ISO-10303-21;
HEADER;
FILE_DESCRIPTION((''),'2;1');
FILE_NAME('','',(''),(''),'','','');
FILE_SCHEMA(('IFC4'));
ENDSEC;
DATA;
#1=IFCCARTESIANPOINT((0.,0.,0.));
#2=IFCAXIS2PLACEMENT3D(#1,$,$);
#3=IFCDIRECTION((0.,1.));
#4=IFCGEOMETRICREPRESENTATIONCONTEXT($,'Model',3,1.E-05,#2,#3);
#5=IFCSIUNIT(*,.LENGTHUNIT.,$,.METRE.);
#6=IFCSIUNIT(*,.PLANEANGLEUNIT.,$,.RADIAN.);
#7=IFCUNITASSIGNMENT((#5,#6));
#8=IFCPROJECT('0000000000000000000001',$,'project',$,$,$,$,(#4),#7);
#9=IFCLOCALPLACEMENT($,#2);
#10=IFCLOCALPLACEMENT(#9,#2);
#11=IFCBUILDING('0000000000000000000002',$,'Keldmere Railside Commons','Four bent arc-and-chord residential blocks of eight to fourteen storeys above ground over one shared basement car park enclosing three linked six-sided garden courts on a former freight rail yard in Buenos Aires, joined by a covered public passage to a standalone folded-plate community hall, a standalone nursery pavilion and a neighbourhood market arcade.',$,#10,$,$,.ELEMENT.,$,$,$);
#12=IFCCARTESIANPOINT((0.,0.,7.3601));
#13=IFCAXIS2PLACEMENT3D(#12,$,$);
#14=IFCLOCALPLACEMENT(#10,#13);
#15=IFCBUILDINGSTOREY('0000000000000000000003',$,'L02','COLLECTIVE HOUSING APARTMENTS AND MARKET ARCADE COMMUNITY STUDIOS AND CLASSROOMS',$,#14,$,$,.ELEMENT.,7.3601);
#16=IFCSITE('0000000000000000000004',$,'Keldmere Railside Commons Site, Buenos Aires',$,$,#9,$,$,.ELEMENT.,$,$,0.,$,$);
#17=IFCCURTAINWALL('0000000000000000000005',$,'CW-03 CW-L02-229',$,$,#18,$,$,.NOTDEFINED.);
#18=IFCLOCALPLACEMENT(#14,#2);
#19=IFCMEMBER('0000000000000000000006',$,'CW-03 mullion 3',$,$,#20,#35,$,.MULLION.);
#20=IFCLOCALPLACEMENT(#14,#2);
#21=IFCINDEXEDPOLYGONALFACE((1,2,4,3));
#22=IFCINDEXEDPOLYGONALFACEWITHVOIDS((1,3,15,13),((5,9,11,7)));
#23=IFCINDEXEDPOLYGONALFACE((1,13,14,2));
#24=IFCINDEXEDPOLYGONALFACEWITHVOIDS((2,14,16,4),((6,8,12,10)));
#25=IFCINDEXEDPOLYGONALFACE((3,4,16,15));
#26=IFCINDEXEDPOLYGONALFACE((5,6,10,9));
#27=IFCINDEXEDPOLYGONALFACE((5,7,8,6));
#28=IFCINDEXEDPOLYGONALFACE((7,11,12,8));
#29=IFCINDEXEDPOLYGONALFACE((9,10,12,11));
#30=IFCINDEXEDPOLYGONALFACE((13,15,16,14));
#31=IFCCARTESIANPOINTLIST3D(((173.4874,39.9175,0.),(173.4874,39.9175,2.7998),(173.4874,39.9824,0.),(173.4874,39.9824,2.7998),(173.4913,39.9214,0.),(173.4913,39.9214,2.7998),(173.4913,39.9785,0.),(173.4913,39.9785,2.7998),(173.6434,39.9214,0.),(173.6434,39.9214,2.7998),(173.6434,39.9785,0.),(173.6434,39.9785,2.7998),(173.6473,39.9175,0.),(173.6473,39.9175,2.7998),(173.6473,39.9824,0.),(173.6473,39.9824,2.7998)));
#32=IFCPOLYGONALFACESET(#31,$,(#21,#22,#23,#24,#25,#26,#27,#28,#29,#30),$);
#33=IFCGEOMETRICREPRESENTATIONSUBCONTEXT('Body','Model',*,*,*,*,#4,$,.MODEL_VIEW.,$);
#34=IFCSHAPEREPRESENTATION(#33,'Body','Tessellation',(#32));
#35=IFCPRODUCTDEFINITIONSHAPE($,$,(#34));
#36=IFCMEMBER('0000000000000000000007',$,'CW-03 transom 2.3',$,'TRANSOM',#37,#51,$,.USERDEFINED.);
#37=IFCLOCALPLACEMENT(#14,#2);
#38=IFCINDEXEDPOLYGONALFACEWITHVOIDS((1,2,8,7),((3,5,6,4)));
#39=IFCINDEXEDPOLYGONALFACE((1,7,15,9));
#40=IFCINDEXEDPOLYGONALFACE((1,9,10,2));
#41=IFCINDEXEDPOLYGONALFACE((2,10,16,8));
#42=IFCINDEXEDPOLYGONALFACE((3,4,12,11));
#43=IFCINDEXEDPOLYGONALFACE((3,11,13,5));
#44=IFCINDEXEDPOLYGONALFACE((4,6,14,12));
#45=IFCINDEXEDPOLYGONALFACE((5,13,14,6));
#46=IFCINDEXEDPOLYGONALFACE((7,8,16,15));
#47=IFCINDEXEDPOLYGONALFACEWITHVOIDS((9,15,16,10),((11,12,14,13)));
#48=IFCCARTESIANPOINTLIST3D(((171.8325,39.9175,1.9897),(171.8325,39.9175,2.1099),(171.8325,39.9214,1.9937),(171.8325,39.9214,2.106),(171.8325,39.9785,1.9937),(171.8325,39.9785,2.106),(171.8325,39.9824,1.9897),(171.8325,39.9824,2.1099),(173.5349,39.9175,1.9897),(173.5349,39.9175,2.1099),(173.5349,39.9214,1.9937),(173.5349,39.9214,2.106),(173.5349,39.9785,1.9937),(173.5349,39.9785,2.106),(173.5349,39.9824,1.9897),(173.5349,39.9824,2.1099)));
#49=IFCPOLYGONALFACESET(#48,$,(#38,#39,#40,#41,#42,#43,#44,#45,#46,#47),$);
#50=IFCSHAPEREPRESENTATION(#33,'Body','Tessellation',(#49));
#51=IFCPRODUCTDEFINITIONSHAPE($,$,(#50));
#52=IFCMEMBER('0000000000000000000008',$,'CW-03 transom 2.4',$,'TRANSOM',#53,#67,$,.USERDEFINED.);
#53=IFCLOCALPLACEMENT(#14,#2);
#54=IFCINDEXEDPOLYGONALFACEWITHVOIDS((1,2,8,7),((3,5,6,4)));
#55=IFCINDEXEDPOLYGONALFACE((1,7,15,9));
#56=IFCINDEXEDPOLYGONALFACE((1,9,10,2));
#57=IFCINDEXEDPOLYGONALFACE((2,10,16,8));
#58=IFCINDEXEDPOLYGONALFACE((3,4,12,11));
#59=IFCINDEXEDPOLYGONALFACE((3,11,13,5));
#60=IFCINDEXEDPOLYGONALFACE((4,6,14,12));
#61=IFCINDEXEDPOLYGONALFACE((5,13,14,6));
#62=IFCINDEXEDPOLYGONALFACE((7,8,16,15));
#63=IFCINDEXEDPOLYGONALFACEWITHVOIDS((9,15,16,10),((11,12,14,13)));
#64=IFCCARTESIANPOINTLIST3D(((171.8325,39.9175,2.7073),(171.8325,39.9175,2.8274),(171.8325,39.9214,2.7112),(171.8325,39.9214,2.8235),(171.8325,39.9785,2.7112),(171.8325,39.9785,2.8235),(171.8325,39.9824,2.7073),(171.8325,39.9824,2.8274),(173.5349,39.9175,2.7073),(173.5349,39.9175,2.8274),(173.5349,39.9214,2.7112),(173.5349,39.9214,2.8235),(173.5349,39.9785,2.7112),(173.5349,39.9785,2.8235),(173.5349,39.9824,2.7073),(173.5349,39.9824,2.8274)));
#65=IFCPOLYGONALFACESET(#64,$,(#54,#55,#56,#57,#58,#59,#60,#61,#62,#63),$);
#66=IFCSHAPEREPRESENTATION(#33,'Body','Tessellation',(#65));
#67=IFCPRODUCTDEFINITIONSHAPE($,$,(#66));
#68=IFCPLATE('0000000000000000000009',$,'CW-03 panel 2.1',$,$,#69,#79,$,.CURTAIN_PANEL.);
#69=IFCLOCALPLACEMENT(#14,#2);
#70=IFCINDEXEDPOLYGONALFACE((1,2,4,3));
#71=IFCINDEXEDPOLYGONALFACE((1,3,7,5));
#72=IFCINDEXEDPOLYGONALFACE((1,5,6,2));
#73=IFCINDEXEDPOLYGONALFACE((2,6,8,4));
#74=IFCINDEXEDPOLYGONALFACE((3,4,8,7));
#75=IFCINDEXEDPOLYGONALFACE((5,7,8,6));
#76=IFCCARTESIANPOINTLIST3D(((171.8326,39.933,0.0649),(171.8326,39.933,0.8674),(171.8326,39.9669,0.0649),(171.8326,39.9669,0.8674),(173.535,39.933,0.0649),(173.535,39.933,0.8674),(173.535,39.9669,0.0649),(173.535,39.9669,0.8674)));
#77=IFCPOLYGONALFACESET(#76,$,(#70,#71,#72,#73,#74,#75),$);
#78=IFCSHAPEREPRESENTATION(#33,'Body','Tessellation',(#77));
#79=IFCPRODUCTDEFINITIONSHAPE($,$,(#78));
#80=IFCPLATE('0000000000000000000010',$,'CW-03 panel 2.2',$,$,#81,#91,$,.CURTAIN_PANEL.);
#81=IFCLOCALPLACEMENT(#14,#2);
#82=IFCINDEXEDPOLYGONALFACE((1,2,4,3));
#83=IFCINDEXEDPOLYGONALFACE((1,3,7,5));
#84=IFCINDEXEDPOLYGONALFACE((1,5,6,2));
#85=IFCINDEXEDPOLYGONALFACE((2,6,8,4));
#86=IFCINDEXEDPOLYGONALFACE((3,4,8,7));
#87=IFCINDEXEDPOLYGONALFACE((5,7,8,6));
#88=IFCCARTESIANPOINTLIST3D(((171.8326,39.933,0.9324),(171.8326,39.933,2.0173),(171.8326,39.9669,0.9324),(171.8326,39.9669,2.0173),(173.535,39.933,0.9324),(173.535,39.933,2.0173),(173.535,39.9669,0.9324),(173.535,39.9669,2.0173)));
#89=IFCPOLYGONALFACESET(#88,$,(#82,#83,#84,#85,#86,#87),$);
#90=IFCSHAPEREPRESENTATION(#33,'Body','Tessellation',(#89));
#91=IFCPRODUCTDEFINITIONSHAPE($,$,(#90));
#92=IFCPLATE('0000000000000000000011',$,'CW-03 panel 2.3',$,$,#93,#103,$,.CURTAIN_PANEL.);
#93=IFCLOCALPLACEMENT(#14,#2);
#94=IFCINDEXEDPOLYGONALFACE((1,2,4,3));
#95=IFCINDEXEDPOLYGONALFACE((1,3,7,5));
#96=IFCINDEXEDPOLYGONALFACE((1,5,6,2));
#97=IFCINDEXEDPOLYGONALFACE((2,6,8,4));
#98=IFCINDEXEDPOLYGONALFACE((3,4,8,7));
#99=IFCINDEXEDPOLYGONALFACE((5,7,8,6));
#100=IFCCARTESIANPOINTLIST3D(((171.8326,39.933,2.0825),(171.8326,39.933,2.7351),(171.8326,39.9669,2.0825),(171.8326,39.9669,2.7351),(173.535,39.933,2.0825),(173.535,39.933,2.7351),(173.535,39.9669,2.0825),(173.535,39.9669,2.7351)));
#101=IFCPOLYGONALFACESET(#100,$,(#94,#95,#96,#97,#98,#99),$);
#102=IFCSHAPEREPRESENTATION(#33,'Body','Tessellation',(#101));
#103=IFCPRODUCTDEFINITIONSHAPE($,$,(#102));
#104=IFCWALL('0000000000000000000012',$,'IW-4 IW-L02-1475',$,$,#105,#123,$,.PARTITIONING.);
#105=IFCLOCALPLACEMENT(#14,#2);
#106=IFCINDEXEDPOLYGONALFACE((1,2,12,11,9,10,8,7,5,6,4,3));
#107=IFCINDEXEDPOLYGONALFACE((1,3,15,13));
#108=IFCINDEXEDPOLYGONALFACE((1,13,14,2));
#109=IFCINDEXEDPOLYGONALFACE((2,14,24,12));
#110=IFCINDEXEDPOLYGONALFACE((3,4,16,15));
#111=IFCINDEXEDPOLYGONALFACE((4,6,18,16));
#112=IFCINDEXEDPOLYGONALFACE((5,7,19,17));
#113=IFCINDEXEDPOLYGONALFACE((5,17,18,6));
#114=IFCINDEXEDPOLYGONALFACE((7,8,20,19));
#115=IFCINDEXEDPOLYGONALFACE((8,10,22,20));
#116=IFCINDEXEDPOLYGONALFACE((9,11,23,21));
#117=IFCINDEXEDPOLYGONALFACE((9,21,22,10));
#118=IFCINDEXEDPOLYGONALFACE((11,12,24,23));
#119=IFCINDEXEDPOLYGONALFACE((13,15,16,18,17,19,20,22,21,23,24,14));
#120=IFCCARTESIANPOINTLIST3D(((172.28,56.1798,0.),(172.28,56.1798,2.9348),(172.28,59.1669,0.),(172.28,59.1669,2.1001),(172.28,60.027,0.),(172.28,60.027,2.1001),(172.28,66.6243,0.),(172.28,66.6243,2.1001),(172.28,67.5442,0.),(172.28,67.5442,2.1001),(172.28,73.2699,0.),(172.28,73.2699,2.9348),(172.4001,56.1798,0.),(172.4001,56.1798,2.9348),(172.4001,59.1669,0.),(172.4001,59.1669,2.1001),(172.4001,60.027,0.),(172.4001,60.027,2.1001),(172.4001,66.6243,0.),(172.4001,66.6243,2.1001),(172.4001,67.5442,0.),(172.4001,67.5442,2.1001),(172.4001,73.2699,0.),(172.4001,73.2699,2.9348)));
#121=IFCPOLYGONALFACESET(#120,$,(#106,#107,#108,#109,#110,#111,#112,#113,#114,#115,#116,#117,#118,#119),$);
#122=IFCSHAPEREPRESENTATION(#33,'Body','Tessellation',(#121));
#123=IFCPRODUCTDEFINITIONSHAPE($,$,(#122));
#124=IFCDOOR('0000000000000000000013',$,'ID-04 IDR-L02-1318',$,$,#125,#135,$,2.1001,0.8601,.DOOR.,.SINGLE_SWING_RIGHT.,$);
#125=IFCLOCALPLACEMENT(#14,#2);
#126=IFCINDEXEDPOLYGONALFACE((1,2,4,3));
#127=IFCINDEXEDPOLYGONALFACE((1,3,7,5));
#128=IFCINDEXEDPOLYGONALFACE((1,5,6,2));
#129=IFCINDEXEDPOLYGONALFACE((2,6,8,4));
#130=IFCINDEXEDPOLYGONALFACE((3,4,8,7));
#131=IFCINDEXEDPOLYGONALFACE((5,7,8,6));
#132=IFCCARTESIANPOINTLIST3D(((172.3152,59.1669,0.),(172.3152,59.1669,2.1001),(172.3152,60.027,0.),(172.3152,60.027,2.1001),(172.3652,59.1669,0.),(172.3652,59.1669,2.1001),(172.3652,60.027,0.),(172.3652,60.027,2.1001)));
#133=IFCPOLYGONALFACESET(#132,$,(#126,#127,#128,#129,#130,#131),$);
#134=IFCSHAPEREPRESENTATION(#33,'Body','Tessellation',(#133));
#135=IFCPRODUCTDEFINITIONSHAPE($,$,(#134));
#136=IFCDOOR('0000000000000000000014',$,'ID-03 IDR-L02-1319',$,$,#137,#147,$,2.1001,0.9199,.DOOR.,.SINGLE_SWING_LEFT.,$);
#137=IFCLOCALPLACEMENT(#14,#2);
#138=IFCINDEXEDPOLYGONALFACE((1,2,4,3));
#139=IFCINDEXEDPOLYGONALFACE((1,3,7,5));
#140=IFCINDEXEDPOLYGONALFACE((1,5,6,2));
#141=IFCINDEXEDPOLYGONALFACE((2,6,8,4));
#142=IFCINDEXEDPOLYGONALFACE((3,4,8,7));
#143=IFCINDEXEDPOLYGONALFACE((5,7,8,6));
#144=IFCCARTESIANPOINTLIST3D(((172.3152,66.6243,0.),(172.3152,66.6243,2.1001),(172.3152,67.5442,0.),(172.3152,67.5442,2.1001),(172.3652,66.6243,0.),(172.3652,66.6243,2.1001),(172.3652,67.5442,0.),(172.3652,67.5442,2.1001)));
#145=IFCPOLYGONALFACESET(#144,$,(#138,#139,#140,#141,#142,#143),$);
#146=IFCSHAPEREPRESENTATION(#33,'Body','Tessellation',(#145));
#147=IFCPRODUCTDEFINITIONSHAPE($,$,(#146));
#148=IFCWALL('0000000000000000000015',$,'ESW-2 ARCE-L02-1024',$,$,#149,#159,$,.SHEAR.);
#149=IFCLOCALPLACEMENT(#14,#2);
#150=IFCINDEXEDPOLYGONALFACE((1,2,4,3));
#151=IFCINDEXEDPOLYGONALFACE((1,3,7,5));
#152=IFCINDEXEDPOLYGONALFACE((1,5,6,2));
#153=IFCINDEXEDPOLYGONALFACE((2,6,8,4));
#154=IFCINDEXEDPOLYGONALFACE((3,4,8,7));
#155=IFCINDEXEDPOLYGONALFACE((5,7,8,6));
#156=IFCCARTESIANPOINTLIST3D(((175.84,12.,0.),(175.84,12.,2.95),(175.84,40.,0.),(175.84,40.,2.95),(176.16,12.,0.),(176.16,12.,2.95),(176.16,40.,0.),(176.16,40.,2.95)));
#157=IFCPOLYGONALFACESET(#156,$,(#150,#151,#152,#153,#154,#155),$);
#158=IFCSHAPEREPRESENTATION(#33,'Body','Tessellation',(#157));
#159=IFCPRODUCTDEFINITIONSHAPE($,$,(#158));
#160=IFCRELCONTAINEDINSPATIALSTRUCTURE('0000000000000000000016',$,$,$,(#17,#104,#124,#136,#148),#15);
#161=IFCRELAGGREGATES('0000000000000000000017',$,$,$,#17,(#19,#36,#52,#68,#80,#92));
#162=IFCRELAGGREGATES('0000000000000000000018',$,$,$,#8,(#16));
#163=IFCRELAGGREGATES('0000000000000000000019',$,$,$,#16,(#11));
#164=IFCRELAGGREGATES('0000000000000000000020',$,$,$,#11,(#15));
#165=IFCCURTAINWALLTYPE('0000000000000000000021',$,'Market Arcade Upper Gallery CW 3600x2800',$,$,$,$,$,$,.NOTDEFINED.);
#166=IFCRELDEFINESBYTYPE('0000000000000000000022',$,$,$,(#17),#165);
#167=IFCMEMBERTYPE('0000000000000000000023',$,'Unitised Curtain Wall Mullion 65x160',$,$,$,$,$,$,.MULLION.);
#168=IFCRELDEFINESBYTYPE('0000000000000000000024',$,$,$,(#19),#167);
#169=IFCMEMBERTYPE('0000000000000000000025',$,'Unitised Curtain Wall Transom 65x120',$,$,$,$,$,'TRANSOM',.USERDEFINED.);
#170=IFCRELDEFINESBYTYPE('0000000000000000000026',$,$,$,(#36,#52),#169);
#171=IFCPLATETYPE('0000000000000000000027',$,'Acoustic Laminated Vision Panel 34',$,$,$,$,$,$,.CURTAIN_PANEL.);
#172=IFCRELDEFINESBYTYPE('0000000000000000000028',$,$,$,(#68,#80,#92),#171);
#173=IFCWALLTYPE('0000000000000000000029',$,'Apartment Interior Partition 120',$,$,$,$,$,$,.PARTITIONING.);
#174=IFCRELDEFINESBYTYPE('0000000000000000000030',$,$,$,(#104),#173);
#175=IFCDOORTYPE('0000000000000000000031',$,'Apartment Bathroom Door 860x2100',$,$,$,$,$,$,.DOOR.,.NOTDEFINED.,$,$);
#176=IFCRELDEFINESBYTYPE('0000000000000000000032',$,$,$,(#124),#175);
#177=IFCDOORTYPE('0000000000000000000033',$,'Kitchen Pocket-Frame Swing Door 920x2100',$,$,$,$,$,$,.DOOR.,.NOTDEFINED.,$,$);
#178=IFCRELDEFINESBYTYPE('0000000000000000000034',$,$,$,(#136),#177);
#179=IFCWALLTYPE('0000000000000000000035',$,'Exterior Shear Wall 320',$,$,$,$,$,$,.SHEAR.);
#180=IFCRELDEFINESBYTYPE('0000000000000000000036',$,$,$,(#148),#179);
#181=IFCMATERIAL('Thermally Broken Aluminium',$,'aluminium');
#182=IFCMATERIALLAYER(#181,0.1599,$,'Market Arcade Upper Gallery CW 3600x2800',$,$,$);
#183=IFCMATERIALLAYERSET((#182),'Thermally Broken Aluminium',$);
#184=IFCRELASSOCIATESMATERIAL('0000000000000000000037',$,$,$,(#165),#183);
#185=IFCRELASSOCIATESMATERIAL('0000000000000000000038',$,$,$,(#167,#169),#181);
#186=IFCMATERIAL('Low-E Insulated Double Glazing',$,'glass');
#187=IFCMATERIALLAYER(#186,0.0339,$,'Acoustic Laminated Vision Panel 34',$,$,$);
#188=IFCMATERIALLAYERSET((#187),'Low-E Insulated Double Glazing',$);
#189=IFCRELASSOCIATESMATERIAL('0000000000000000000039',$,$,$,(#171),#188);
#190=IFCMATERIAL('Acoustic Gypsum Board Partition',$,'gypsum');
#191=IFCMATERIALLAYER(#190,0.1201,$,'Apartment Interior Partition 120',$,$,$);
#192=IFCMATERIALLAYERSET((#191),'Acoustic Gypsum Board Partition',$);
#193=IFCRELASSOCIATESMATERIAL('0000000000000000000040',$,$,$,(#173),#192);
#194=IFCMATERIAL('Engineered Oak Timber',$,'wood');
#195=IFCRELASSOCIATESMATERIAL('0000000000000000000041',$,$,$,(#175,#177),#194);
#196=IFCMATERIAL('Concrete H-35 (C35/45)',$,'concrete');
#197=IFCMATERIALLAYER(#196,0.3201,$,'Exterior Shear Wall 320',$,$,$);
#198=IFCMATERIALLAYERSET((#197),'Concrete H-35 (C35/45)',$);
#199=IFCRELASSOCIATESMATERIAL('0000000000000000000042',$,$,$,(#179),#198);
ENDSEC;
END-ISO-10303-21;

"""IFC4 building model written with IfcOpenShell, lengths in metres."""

from ifc_helpers import new_model, si_unit, direction, frame, frame_2d, origin, origin_2d, place, context, subcontext, project, spatial, rectangle, hollow_rectangle, extrude, material, layer, layer_set, material_profile, profile_set, type_object, element, fill, aggregate, save


model = new_model("IFC4")

# Units and contexts
model_context = context("Model", 3, precision=1e-05, world=origin(), true_north=direction((0.0, 1.0)))
body_context = subcontext(model_context, "Body", "Model", "MODEL_VIEW")
ifc_project = project(units=[si_unit("LENGTHUNIT", "METRE"), si_unit("PLANEANGLEUNIT", "RADIAN")], contexts=[model_context])

# Site, building, storey
site_placement = place(None, origin())
site = spatial("IfcSite", under=ifc_project, at=site_placement, Name="Keldmere Railside Commons Site, Buenos Aires", CompositionType="ELEMENT", RefElevation=0.0)
building_placement = place(site_placement, origin())
building = spatial("IfcBuilding", under=site, at=building_placement, Name="Keldmere Railside Commons", Description="Four bent arc-and-chord residential blocks of eight to fourteen storeys above ground over one shared basement car park enclosing three linked six-sided garden courts on a former freight rail yard in Buenos Aires, joined by a covered public passage to a standalone folded-plate community hall, a standalone nursery pavilion and a neighbourhood market arcade.", CompositionType="ELEMENT")
storey_placement = place(building_placement, frame((0.0, 0.0, 7.3601)))
storey = spatial("IfcBuildingStorey", under=building, at=storey_placement, Name="L02", Description="COLLECTIVE HOUSING APARTMENTS AND MARKET ARCADE COMMUNITY STUDIOS AND CLASSROOMS", CompositionType="ELEMENT", Elevation=7.3601)

# Curtain wall, members, plates
ifc_material_1 = material(Name="Thermally Broken Aluminium", Category="aluminium")
ifc_layer_1 = layer(ifc_material_1, 0.1599, Name="Market Arcade Upper Gallery CW 3600x2800")
ifc_layer_set_1 = layer_set([ifc_layer_1], Name="Thermally Broken Aluminium")
curtain_wall_type = type_object("IfcCurtainWallType", Name="Market Arcade Upper Gallery CW 3600x2800", PredefinedType="NOTDEFINED", material=ifc_layer_set_1)
curtain_wall_placement = place(storey_placement, origin())
curtain_wall = element("IfcCurtainWall", 1, at=curtain_wall_placement, inside=storey, type_object=curtain_wall_type, Name="CW-03 CW-L02-229", PredefinedType="NOTDEFINED")
ifc_material_profile_1 = material_profile(ifc_material_1, hollow_rectangle(XDim=0.0649, YDim=0.1599, WallThickness=0.0039, at=origin_2d()), Name="ALU-MULL-65x160")
ifc_profile_set_1 = profile_set([ifc_material_profile_1], Name="Thermally Broken Aluminium")
member_type_1 = type_object("IfcMemberType", Name="Unitised Curtain Wall Mullion 65x160", PredefinedType="MULLION", material=ifc_profile_set_1)
member_1_placement = place(storey_placement, frame((173.5674, 39.95, 0.0), z_axis=(0.0, 0.0, 1.0), x_axis=(0.0, 1.0, 0.0)))
member_1 = element("IfcMember", 2, at=member_1_placement, type_object=member_type_1, Name="CW-03 mullion 3", PredefinedType="MULLION", context=body_context, shape_type="SweptSolid", body=[
    extrude(hollow_rectangle(XDim=0.0649, YDim=0.1599, WallThickness=0.0039, at=origin_2d()), origin(), (0.0, 0.0, 1.0), 2.7998),
])
ifc_material_profile_2 = material_profile(ifc_material_1, hollow_rectangle(XDim=0.0649, YDim=0.1201, WallThickness=0.0039, at=origin_2d()), Name="ALU-TRAN-65x120")
ifc_profile_set_2 = profile_set([ifc_material_profile_2], Name="Thermally Broken Aluminium")
member_type_2 = type_object("IfcMemberType", Name="Unitised Curtain Wall Transom 65x120", ElementType="TRANSOM", PredefinedType="USERDEFINED", material=ifc_profile_set_2)
member_2_placement = place(storey_placement, frame((171.8325, 39.95, 2.0498), z_axis=(1.0, 0.0, 0.0), x_axis=(0.0, 1.0, 0.0)))
member_2 = element("IfcMember", 3, at=member_2_placement, type_object=member_type_2, Name="CW-03 transom 2.3", ObjectType="TRANSOM", PredefinedType="USERDEFINED", context=body_context, shape_type="SweptSolid", body=[
    extrude(hollow_rectangle(XDim=0.0649, YDim=0.1201, WallThickness=0.0039, at=origin_2d()), origin(), (0.0, 0.0, 1.0), 1.7024),
])
member_3_placement = place(storey_placement, frame((171.8325, 39.95, 2.7673), z_axis=(1.0, 0.0, 0.0), x_axis=(0.0, 1.0, 0.0)))
member_3 = element("IfcMember", 4, at=member_3_placement, type_object=member_type_2, Name="CW-03 transom 2.4", ObjectType="TRANSOM", PredefinedType="USERDEFINED", context=body_context, shape_type="SweptSolid", body=[
    extrude(hollow_rectangle(XDim=0.0649, YDim=0.1201, WallThickness=0.0039, at=origin_2d()), origin(), (0.0, 0.0, 1.0), 1.7024),
])
ifc_material_2 = material(Name="Low-E Insulated Double Glazing", Category="glass")
ifc_layer_2 = layer(ifc_material_2, 0.0339, Name="Acoustic Laminated Vision Panel 34")
ifc_layer_set_2 = layer_set([ifc_layer_2], Name="Low-E Insulated Double Glazing")
plate_type = type_object("IfcPlateType", Name="Acoustic Laminated Vision Panel 34", PredefinedType="CURTAIN_PANEL", material=ifc_layer_set_2)
plate_1_placement = place(storey_placement, frame((172.6838, 39.95, 0.0649), z_axis=(0.0, 0.0, 1.0), x_axis=(1.0, 0.0, 0.0)))
plate_1 = element("IfcPlate", 5, at=plate_1_placement, type_object=plate_type, Name="CW-03 panel 2.1", PredefinedType="CURTAIN_PANEL", context=body_context, shape_type="SweptSolid", body=[
    extrude(rectangle(XDim=1.7024, YDim=0.0339, at=origin_2d()), origin(), (0.0, 0.0, 1.0), 0.8025),
])
plate_2_placement = place(storey_placement, frame((172.6838, 39.95, 0.9324), z_axis=(0.0, 0.0, 1.0), x_axis=(1.0, 0.0, 0.0)))
plate_2 = element("IfcPlate", 6, at=plate_2_placement, type_object=plate_type, Name="CW-03 panel 2.2", PredefinedType="CURTAIN_PANEL", context=body_context, shape_type="SweptSolid", body=[
    extrude(rectangle(XDim=1.7024, YDim=0.0339, at=origin_2d()), origin(), (0.0, 0.0, 1.0), 1.085),
])
plate_3_placement = place(storey_placement, frame((172.6838, 39.95, 2.0825), z_axis=(0.0, 0.0, 1.0), x_axis=(1.0, 0.0, 0.0)))
plate_3 = element("IfcPlate", 7, at=plate_3_placement, type_object=plate_type, Name="CW-03 panel 2.3", PredefinedType="CURTAIN_PANEL", context=body_context, shape_type="SweptSolid", body=[
    extrude(rectangle(XDim=1.7024, YDim=0.0339, at=origin_2d()), origin(), (0.0, 0.0, 1.0), 0.6526),
])
aggregate(curtain_wall, [member_1, member_2, member_3, plate_1, plate_2, plate_3])

# Wall, openings, doors
ifc_material_3 = material(Name="Acoustic Gypsum Board Partition", Category="gypsum")
ifc_layer_3 = layer(ifc_material_3, 0.1201, Name="Apartment Interior Partition 120")
ifc_layer_set_3 = layer_set([ifc_layer_3], Name="Acoustic Gypsum Board Partition")
wall_type_1 = type_object("IfcWallType", Name="Apartment Interior Partition 120", PredefinedType="PARTITIONING", material=ifc_layer_set_3)
wall_1_placement = place(storey_placement, frame((172.3401, 56.1799, 0.0), z_axis=(0.0, 0.0, 1.0), x_axis=(0.0, 1.0, 0.0)))
wall_1 = element("IfcWall", 8, at=wall_1_placement, inside=storey, type_object=wall_type_1, Name="IW-4 IW-L02-1475", PredefinedType="PARTITIONING", context=body_context, shape_type="SweptSolid", body=[
    extrude(rectangle(XDim=17.0901, YDim=0.1201, at=frame_2d((8.5449, 0.0))), origin(), (0.0, 0.0, 1.0), 2.9348),
])
opening_1_placement = place(wall_1_placement, frame((2.9868, 0.0, 0.0)))
opening_1 = element("IfcOpeningElement", 9, at=opening_1_placement, cuts=wall_1, PredefinedType="OPENING", context=body_context, shape_type="SweptSolid", body=[
    extrude(rectangle(XDim=0.8601, YDim=2.1001, at=frame_2d((0.4302, 1.05))), frame((0.0, 0.0701, 0.0), z_axis=(0.0, -1.0, 0.0), x_axis=(1.0, 0.0, 0.0)), (0.0, 0.0, 1.0), 0.1401),
])
opening_2_placement = place(wall_1_placement, frame((10.4443, 0.0, 0.0)))
opening_2 = element("IfcOpeningElement", 10, at=opening_2_placement, cuts=wall_1, PredefinedType="OPENING", context=body_context, shape_type="SweptSolid", body=[
    extrude(rectangle(XDim=0.9199, YDim=2.1001, at=frame_2d((0.46, 1.05))), frame((0.0, 0.0701, 0.0), z_axis=(0.0, -1.0, 0.0), x_axis=(1.0, 0.0, 0.0)), (0.0, 0.0, 1.0), 0.1401),
])
ifc_material_4 = material(Name="Engineered Oak Timber", Category="wood")
door_type_1 = type_object("IfcDoorType", Name="Apartment Bathroom Door 860x2100", OperationType="NOTDEFINED", PredefinedType="DOOR", material=ifc_material_4)
door_1_placement = place(opening_1_placement, origin())
door_1 = element("IfcDoor", 11, at=door_1_placement, inside=storey, type_object=door_type_1, Name="ID-04 IDR-L02-1318", OperationType="SINGLE_SWING_RIGHT", OverallHeight=2.1001, OverallWidth=0.8601, PredefinedType="DOOR", context=body_context, shape_type="SweptSolid", body=[
    extrude(rectangle(XDim=0.8601, YDim=2.1001, at=frame_2d((0.4302, 1.05))), frame((0.0, 0.0249, 0.0), z_axis=(0.0, -1.0, 0.0), x_axis=(1.0, 0.0, 0.0)), (0.0, 0.0, 1.0), 0.05),
])
fill(opening_1, door_1)
door_type_2 = type_object("IfcDoorType", Name="Kitchen Pocket-Frame Swing Door 920x2100", OperationType="NOTDEFINED", PredefinedType="DOOR", material=ifc_material_4)
door_2_placement = place(opening_2_placement, origin())
door_2 = element("IfcDoor", 12, at=door_2_placement, inside=storey, type_object=door_type_2, Name="ID-03 IDR-L02-1319", OperationType="SINGLE_SWING_LEFT", OverallHeight=2.1001, OverallWidth=0.9199, PredefinedType="DOOR", context=body_context, shape_type="SweptSolid", body=[
    extrude(rectangle(XDim=0.9199, YDim=2.1001, at=frame_2d((0.46, 1.05))), frame((0.0, 0.0249, 0.0), z_axis=(0.0, -1.0, 0.0), x_axis=(1.0, 0.0, 0.0)), (0.0, 0.0, 1.0), 0.05),
])
fill(opening_2, door_2)

# Wall
ifc_material_5 = material(Name="Concrete H-35 (C35/45)", Category="concrete")
ifc_layer_4 = layer(ifc_material_5, 0.3201, Name="Exterior Shear Wall 320")
ifc_layer_set_4 = layer_set([ifc_layer_4], Name="Concrete H-35 (C35/45)")
wall_type_2 = type_object("IfcWallType", Name="Exterior Shear Wall 320", PredefinedType="SHEAR", material=ifc_layer_set_4)
wall_2_placement = place(storey_placement, frame((176.0, 40.0, 0.0), z_axis=(0.0, 0.0, 1.0), x_axis=(0.0, -1.0, 0.0)))
element("IfcWall", 13, at=wall_2_placement, inside=storey, type_object=wall_type_2, Name="ESW-2 ARCE-L02-1024", PredefinedType="SHEAR", context=body_context, shape_type="SweptSolid", body=[
    extrude(rectangle(XDim=28.0, YDim=0.3201, at=frame_2d((14.0, 0.0))), origin(), (0.0, 0.0, 1.0), 2.95),
])

save(model, "model.ifc")
